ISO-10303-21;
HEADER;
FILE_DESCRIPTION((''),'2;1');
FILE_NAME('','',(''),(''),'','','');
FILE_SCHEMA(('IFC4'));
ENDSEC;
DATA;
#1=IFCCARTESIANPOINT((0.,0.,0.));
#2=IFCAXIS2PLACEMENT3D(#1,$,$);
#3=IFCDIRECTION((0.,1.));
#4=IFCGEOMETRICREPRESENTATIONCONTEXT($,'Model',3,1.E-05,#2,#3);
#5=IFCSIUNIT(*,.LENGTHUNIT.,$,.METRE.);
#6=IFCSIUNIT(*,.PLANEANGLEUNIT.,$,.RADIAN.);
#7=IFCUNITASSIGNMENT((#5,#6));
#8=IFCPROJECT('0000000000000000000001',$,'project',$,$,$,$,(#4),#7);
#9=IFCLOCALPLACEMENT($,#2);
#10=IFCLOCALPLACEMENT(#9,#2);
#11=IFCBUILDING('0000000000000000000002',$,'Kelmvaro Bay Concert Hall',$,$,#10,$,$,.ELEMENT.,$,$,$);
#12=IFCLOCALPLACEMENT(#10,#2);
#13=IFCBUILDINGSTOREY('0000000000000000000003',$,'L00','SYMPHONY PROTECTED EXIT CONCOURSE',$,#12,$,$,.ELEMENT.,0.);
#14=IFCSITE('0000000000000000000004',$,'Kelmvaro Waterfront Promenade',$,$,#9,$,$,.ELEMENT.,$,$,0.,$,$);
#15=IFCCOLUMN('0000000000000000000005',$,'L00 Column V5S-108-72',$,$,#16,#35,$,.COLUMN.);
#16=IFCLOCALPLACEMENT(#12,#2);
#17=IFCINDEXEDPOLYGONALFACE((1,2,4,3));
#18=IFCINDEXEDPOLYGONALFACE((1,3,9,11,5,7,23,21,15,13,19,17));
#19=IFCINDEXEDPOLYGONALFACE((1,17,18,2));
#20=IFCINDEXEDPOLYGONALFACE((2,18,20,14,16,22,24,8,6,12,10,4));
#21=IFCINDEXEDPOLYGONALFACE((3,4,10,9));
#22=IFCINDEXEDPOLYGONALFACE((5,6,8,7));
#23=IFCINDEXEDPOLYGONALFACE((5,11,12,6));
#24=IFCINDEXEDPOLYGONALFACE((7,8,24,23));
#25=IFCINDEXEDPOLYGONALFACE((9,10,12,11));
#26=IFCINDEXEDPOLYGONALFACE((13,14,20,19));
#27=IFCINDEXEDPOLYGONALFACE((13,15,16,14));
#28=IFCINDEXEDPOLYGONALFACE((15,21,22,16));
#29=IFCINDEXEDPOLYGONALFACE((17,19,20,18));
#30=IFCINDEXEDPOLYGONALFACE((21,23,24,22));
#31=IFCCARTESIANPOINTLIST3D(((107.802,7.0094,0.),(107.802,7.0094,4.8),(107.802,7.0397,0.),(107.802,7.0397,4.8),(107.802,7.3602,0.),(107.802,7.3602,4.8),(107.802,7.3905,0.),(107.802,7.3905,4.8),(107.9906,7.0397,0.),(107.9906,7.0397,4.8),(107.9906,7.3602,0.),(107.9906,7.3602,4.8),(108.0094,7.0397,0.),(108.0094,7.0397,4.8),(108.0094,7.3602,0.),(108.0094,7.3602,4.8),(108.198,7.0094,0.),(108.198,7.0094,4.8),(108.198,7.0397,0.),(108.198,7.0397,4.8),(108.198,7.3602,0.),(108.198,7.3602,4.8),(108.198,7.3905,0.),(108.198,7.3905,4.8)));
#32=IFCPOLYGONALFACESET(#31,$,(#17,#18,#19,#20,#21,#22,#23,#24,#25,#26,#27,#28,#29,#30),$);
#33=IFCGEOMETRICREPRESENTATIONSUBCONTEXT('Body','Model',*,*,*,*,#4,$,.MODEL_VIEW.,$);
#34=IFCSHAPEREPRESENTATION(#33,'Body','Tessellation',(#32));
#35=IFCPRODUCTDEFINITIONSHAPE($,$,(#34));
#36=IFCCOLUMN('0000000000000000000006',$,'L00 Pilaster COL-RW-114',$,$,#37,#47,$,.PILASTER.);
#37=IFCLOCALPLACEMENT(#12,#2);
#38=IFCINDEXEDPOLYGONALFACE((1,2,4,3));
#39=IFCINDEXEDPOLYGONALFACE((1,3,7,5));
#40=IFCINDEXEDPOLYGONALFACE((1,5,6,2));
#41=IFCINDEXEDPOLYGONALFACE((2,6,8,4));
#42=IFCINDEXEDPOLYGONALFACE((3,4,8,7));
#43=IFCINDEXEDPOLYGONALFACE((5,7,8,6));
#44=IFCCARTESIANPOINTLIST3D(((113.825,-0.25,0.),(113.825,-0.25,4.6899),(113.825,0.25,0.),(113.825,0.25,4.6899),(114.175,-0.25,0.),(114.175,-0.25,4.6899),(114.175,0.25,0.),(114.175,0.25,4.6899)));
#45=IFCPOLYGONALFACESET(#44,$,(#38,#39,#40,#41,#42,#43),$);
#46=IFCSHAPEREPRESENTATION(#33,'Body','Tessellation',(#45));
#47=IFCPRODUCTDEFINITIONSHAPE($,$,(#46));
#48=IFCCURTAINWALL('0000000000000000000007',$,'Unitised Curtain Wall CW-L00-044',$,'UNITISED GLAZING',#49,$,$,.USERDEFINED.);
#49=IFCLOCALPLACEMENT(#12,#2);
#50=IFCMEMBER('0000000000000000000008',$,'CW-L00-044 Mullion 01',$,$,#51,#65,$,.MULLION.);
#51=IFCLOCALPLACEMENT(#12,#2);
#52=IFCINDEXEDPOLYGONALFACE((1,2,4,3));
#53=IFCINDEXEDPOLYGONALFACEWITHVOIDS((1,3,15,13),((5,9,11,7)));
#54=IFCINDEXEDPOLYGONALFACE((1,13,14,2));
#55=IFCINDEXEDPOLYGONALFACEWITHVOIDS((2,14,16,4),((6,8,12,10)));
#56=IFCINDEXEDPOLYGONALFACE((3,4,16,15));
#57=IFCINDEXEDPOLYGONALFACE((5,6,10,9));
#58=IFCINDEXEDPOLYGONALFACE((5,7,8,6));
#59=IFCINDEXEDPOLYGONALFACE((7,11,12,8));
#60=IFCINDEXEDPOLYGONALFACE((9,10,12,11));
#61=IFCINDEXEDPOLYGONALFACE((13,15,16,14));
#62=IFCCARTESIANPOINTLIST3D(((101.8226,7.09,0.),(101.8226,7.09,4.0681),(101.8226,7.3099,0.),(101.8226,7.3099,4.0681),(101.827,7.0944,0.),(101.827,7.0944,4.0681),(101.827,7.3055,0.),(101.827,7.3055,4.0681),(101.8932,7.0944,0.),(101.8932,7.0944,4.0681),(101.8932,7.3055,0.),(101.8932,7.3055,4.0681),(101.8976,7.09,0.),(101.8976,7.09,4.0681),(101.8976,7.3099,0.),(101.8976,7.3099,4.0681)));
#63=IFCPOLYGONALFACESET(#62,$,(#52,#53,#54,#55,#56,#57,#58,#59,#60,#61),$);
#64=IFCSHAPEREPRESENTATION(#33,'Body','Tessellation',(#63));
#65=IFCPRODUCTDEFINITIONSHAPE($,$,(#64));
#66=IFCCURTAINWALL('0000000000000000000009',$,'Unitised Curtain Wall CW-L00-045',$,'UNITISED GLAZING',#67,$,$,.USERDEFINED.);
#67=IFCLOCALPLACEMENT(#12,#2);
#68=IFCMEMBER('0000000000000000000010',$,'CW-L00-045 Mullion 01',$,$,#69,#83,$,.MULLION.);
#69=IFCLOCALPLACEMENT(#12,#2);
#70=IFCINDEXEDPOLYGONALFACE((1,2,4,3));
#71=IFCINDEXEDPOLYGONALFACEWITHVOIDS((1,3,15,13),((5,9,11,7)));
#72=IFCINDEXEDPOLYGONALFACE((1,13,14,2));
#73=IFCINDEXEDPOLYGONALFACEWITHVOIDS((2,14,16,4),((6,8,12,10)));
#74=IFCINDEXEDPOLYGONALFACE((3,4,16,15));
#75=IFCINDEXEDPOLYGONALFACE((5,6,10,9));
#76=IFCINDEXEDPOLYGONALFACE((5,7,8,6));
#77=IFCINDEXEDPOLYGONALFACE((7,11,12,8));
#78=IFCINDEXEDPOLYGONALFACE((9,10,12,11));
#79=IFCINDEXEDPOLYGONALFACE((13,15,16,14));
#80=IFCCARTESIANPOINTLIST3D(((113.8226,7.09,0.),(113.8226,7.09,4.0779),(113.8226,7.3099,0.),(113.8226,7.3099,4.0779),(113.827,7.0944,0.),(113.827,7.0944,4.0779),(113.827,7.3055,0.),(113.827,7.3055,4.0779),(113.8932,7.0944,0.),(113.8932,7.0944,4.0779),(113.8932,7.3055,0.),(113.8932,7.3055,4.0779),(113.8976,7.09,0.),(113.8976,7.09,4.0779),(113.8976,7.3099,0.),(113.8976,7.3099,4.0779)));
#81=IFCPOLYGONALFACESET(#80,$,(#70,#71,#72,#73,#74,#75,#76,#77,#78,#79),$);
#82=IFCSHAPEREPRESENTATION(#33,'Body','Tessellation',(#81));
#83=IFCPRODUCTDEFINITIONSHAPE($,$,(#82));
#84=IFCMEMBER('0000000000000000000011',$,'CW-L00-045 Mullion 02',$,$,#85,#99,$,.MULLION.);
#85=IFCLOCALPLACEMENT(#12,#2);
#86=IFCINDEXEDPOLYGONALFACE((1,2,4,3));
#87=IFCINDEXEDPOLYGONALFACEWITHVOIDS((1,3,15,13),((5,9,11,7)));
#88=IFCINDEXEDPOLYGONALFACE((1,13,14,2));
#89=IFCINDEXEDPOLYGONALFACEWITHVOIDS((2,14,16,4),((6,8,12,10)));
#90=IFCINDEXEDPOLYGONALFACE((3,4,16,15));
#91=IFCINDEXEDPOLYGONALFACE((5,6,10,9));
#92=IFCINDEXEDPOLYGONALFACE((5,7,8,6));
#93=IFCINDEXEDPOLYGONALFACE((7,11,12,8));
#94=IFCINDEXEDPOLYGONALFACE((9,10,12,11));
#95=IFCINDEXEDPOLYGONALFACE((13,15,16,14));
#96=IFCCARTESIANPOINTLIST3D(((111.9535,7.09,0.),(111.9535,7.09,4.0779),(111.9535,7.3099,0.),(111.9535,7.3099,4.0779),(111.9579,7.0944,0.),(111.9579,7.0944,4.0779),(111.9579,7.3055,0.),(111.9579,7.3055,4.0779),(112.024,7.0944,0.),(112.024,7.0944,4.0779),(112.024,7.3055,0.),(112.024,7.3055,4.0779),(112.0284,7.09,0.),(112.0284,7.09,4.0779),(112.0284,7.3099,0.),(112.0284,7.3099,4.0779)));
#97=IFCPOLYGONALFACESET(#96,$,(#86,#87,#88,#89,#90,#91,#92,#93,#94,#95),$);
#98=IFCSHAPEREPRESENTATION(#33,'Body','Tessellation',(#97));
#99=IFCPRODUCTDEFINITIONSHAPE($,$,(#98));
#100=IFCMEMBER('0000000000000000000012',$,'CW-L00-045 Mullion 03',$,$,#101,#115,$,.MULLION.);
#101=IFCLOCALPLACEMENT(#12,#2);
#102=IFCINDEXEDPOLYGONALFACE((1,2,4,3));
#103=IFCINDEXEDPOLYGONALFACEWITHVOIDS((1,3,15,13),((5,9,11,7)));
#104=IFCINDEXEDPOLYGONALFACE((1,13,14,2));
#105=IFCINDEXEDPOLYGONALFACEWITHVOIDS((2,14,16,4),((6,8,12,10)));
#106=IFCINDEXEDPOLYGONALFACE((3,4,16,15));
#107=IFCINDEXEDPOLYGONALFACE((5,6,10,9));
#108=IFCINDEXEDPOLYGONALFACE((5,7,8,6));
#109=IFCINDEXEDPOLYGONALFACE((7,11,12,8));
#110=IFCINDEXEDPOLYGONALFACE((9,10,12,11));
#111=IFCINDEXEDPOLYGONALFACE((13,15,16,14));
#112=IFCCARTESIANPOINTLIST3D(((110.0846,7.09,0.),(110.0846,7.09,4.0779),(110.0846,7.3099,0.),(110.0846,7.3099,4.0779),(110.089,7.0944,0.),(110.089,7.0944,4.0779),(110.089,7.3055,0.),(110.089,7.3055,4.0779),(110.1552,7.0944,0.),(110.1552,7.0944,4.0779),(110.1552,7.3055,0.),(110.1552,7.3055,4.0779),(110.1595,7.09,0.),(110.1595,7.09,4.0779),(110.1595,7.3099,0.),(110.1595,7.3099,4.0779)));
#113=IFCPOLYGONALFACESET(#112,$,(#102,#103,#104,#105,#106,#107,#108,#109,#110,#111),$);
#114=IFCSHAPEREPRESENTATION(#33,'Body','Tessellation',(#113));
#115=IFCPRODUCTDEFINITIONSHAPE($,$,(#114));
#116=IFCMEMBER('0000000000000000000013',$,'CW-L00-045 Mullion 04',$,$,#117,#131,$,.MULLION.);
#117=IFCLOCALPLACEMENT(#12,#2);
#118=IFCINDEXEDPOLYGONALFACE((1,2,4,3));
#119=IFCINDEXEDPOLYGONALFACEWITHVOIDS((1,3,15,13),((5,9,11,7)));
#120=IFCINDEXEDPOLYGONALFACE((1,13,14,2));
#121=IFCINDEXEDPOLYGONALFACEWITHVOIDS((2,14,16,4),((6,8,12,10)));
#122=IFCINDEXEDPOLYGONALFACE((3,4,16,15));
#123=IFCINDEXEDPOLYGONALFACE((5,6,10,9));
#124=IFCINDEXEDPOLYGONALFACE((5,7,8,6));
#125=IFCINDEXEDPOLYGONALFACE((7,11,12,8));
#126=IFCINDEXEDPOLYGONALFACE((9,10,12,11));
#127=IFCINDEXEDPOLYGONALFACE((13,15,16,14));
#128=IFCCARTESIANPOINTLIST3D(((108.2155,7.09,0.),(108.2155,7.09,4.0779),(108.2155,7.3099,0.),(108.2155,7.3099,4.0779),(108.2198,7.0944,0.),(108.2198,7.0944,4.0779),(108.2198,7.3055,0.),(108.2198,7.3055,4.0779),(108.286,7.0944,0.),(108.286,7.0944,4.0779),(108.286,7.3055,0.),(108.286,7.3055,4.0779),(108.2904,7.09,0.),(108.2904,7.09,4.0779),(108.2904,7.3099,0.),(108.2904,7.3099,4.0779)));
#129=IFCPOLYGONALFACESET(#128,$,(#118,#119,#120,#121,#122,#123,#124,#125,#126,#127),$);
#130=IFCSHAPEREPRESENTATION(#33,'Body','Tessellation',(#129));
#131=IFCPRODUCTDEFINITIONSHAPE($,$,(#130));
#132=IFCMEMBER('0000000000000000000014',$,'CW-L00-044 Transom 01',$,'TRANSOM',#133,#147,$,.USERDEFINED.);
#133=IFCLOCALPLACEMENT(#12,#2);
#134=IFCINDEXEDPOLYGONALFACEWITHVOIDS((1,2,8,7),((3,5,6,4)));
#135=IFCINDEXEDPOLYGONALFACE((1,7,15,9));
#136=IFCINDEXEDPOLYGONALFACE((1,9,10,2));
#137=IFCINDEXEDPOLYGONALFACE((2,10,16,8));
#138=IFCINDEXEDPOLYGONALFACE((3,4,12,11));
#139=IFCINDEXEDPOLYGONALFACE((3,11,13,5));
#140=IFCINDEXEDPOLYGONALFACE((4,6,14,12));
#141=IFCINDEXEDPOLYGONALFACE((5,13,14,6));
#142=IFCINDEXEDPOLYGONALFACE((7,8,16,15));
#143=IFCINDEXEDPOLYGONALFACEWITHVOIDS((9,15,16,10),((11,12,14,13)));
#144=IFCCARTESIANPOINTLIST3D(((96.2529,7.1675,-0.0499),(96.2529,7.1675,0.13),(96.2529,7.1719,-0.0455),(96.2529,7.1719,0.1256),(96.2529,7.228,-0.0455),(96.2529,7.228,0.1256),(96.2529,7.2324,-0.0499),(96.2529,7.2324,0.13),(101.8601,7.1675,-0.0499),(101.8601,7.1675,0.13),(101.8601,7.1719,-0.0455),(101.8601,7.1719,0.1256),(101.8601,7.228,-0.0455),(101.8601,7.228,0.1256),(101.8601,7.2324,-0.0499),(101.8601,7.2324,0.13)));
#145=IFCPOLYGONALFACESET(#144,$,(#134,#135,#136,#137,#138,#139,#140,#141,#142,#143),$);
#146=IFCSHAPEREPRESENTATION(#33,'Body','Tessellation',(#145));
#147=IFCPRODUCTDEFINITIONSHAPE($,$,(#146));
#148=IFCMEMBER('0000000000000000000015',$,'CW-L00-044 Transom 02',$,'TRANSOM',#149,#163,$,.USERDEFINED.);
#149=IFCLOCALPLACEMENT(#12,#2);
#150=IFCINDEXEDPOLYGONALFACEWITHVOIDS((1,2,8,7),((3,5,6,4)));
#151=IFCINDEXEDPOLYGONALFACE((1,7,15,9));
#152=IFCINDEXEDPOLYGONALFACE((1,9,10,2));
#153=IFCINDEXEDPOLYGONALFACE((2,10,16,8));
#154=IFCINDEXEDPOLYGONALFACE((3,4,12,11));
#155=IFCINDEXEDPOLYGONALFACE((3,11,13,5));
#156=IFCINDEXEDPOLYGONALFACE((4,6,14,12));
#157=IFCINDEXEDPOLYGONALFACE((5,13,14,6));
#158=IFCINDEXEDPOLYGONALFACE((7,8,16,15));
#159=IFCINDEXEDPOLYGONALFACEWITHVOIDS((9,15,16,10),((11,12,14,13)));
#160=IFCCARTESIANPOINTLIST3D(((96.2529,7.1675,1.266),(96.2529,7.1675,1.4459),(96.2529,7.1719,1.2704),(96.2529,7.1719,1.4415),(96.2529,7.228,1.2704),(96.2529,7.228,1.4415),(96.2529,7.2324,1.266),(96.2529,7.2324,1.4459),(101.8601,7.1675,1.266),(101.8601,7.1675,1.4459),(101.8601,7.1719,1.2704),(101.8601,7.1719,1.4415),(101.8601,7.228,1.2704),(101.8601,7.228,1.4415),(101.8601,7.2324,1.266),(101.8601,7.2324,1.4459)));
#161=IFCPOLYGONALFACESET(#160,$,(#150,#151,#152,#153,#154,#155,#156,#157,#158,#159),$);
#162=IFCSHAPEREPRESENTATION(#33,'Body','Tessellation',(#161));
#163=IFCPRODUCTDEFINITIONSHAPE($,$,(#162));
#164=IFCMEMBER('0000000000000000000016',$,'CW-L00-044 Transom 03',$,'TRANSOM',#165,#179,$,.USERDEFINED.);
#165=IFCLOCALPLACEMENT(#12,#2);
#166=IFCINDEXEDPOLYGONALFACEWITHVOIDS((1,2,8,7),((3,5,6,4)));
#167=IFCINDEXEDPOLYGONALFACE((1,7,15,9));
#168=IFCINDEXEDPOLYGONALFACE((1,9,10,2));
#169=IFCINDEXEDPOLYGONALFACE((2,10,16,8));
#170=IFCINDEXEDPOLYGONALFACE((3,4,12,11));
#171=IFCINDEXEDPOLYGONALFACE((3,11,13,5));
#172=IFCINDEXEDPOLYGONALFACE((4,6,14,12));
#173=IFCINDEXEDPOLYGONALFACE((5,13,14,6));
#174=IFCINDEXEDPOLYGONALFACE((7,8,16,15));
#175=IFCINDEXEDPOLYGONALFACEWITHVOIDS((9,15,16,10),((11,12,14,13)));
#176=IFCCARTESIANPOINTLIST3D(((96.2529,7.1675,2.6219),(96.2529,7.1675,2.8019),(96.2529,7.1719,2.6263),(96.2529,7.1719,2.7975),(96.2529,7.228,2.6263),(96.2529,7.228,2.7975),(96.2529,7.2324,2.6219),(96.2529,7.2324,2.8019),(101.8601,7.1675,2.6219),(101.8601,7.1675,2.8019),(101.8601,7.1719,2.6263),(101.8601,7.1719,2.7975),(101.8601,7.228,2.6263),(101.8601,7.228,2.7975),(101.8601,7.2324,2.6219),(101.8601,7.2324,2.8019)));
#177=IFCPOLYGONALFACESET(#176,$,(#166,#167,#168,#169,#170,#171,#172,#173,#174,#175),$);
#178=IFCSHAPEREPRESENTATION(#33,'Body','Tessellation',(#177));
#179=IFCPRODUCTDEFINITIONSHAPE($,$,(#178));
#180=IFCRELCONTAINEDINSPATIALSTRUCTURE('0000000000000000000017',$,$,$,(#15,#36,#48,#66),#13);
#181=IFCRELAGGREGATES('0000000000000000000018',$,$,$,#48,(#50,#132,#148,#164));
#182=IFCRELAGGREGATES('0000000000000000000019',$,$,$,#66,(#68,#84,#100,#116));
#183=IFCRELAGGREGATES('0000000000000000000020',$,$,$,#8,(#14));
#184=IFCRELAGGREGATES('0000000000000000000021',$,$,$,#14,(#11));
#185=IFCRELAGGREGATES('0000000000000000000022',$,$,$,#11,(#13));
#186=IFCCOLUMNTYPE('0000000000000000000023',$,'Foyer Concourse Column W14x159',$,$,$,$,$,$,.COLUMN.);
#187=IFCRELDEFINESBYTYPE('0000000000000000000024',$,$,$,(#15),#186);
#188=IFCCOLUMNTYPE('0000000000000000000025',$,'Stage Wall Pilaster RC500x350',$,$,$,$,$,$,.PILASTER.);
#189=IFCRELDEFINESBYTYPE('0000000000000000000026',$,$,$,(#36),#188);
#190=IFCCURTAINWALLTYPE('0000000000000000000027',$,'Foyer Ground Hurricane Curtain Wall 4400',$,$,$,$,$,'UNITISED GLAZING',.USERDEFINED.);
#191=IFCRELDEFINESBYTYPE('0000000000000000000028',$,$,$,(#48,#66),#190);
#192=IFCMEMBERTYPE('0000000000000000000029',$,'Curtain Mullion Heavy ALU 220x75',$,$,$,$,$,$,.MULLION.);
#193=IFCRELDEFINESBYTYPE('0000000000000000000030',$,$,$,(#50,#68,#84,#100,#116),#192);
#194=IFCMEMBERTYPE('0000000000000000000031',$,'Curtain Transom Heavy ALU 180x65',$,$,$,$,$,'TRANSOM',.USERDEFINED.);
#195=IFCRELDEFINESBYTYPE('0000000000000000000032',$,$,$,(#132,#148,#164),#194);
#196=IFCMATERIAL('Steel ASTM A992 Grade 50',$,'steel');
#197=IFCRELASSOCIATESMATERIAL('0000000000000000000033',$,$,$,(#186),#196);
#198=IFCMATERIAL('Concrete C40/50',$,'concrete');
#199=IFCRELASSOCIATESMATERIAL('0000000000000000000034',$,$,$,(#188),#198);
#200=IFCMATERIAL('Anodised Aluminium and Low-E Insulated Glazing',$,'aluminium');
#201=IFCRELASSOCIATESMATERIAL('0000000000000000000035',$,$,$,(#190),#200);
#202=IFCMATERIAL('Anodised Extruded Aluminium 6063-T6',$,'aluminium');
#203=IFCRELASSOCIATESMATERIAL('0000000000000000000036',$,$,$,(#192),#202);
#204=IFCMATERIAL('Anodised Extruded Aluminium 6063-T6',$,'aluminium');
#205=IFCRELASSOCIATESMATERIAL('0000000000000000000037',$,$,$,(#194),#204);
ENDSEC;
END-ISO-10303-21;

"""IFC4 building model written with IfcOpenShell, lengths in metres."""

from ifc_helpers import new_model, si_unit, direction, frame, origin, origin_2d, place, context, subcontext, project, spatial, rectangle, hollow_rectangle, i_section, extrude, material, material_profile, profile_set, type_object, element, aggregate, save


model = new_model("IFC4")

# Units and contexts
model_context = context("Model", 3, precision=1e-05, world=origin(), true_north=direction((0.0, 1.0)))
body_context = subcontext(model_context, "Body", "Model", "MODEL_VIEW")
ifc_project = project(units=[si_unit("LENGTHUNIT", "METRE"), si_unit("PLANEANGLEUNIT", "RADIAN")], contexts=[model_context])

# Site, building, storey
site_placement = place(None, origin())
site = spatial("IfcSite", under=ifc_project, at=site_placement, Name="Kelmvaro Waterfront Promenade", CompositionType="ELEMENT", RefElevation=0.0)
building_placement = place(site_placement, origin())
building = spatial("IfcBuilding", under=site, at=building_placement, Name="Kelmvaro Bay Concert Hall", CompositionType="ELEMENT")
storey_placement = place(building_placement, origin())
storey = spatial("IfcBuildingStorey", under=building, at=storey_placement, Name="L00", Description="SYMPHONY PROTECTED EXIT CONCOURSE", CompositionType="ELEMENT", Elevation=0.0)

# Columns
ifc_material_1 = material(Name="Steel ASTM A992 Grade 50", Category="steel")
ifc_material_profile_1 = material_profile(ifc_material_1, i_section(OverallWidth=0.396, OverallDepth=0.3811, WebThickness=0.0188, FlangeThickness=0.0303, at=origin_2d()), Name="W14X159")
ifc_profile_set_1 = profile_set([ifc_material_profile_1], Name="Steel ASTM A992 Grade 50")
column_type_1 = type_object("IfcColumnType", Name="Foyer Concourse Column W14x159", PredefinedType="COLUMN", material=ifc_profile_set_1)
column_1_placement = place(storey_placement, frame((108.0, 7.2, 0.0), z_axis=(0.0, 0.0, 1.0), x_axis=(1.0, 0.0, 0.0)))
element("IfcColumn", 1, at=column_1_placement, inside=storey, type_object=column_type_1, Name="L00 Column V5S-108-72", PredefinedType="COLUMN", context=body_context, shape_type="SweptSolid", body=[
    extrude(i_section(OverallWidth=0.396, OverallDepth=0.3811, WebThickness=0.0188, FlangeThickness=0.0303, at=origin_2d()), origin(), (0.0, 0.0, 1.0), 4.8),
])
ifc_material_2 = material(Name="Concrete C40/50", Category="concrete")
ifc_material_profile_2 = material_profile(ifc_material_2, rectangle(XDim=0.3501, YDim=0.5, at=origin_2d()), Name="RC-PIL-500X350")
ifc_profile_set_2 = profile_set([ifc_material_profile_2], Name="Concrete C40/50")
column_type_2 = type_object("IfcColumnType", Name="Stage Wall Pilaster RC500x350", PredefinedType="PILASTER", material=ifc_profile_set_2)
column_2_placement = place(storey_placement, frame((114.0, 0.0, 0.0), z_axis=(0.0, 0.0, 1.0), x_axis=(1.0, 0.0, 0.0)))
element("IfcColumn", 2, at=column_2_placement, inside=storey, type_object=column_type_2, Name="L00 Pilaster COL-RW-114", PredefinedType="PILASTER", context=body_context, shape_type="SweptSolid", body=[
    extrude(rectangle(XDim=0.3501, YDim=0.5, at=origin_2d()), origin(), (0.0, 0.0, 1.0), 4.6899),
])

# Curtain wall, member
ifc_material_3 = material(Name="Anodised Aluminium and Low-E Insulated Glazing", Category="aluminium")
curtain_wall_type = type_object("IfcCurtainWallType", Name="Foyer Ground Hurricane Curtain Wall 4400", ElementType="UNITISED GLAZING", PredefinedType="USERDEFINED", material=ifc_material_3)
curtain_wall_1_placement = place(storey_placement, origin())
curtain_wall_1 = element("IfcCurtainWall", 3, at=curtain_wall_1_placement, inside=storey, type_object=curtain_wall_type, Name="Unitised Curtain Wall CW-L00-044", ObjectType="UNITISED GLAZING", PredefinedType="USERDEFINED")
ifc_material_4 = material(Name="Anodised Extruded Aluminium 6063-T6", Category="aluminium")
ifc_material_profile_3 = material_profile(ifc_material_4, hollow_rectangle(XDim=0.075, YDim=0.22, WallThickness=0.0044, at=origin_2d()), Name="ALU-MUL-220X75")
ifc_profile_set_3 = profile_set([ifc_material_profile_3], Name="Anodised Extruded Aluminium 6063-T6")
member_type_1 = type_object("IfcMemberType", Name="Curtain Mullion Heavy ALU 220x75", PredefinedType="MULLION", material=ifc_profile_set_3)
member_1_placement = place(storey_placement, frame((101.8601, 7.2, 0.0), z_axis=(0.0, 0.0, 1.0), x_axis=(1.0, 0.0, 0.0)))
member_1 = element("IfcMember", 4, at=member_1_placement, type_object=member_type_1, Name="CW-L00-044 Mullion 01", PredefinedType="MULLION", context=body_context, shape_type="SweptSolid", body=[
    extrude(hollow_rectangle(XDim=0.075, YDim=0.22, WallThickness=0.0044, at=origin_2d()), origin(), (0.0, 0.0, 1.0), 4.0681),
])

# Curtain wall, members
curtain_wall_2_placement = place(storey_placement, origin())
curtain_wall_2 = element("IfcCurtainWall", 5, at=curtain_wall_2_placement, inside=storey, type_object=curtain_wall_type, Name="Unitised Curtain Wall CW-L00-045", ObjectType="UNITISED GLAZING", PredefinedType="USERDEFINED")
member_2_placement = place(storey_placement, frame((113.8601, 7.2, 0.0), z_axis=(0.0, 0.0, 1.0), x_axis=(1.0, 0.0, 0.0)))
member_2 = element("IfcMember", 6, at=member_2_placement, type_object=member_type_1, Name="CW-L00-045 Mullion 01", PredefinedType="MULLION", context=body_context, shape_type="SweptSolid", body=[
    extrude(hollow_rectangle(XDim=0.075, YDim=0.22, WallThickness=0.0044, at=origin_2d()), origin(), (0.0, 0.0, 1.0), 4.0779),
])
member_3_placement = place(storey_placement, frame((111.991, 7.2, 0.0), z_axis=(0.0, 0.0, 1.0), x_axis=(1.0, 0.0, 0.0)))
member_3 = element("IfcMember", 7, at=member_3_placement, type_object=member_type_1, Name="CW-L00-045 Mullion 02", PredefinedType="MULLION", context=body_context, shape_type="SweptSolid", body=[
    extrude(hollow_rectangle(XDim=0.075, YDim=0.22, WallThickness=0.0044, at=origin_2d()), origin(), (0.0, 0.0, 1.0), 4.0779),
])
member_4_placement = place(storey_placement, frame((110.1221, 7.2, 0.0), z_axis=(0.0, 0.0, 1.0), x_axis=(1.0, 0.0, 0.0)))
member_4 = element("IfcMember", 8, at=member_4_placement, type_object=member_type_1, Name="CW-L00-045 Mullion 03", PredefinedType="MULLION", context=body_context, shape_type="SweptSolid", body=[
    extrude(hollow_rectangle(XDim=0.075, YDim=0.22, WallThickness=0.0044, at=origin_2d()), origin(), (0.0, 0.0, 1.0), 4.0779),
])
member_5_placement = place(storey_placement, frame((108.2529, 7.2, 0.0), z_axis=(0.0, 0.0, 1.0), x_axis=(1.0, 0.0, 0.0)))
member_5 = element("IfcMember", 9, at=member_5_placement, type_object=member_type_1, Name="CW-L00-045 Mullion 04", PredefinedType="MULLION", context=body_context, shape_type="SweptSolid", body=[
    extrude(hollow_rectangle(XDim=0.075, YDim=0.22, WallThickness=0.0044, at=origin_2d()), origin(), (0.0, 0.0, 1.0), 4.0779),
])

# Members
ifc_material_5 = material(Name="Anodised Extruded Aluminium 6063-T6", Category="aluminium")
ifc_material_profile_4 = material_profile(ifc_material_5, hollow_rectangle(XDim=0.0649, YDim=0.1799, WallThickness=0.0044, at=origin_2d()), Name="ALU-TRN-180X65")
ifc_profile_set_4 = profile_set([ifc_material_profile_4], Name="Anodised Extruded Aluminium 6063-T6")
member_type_2 = type_object("IfcMemberType", Name="Curtain Transom Heavy ALU 180x65", ElementType="TRANSOM", PredefinedType="USERDEFINED", material=ifc_profile_set_4)
member_6_placement = place(storey_placement, frame((101.8601, 7.2, 0.04), z_axis=(-1.0, 0.0, 0.0), x_axis=(0.0, -1.0, 0.0)))
member_6 = element("IfcMember", 10, at=member_6_placement, type_object=member_type_2, Name="CW-L00-044 Transom 01", ObjectType="TRANSOM", PredefinedType="USERDEFINED", context=body_context, shape_type="SweptSolid", body=[
    extrude(hollow_rectangle(XDim=0.0649, YDim=0.1799, WallThickness=0.0044, at=origin_2d()), origin(), (0.0, 0.0, 1.0), 5.6072),
])
member_7_placement = place(storey_placement, frame((101.8601, 7.2, 1.356), z_axis=(-1.0, 0.0, 0.0), x_axis=(0.0, -1.0, 0.0)))
member_7 = element("IfcMember", 11, at=member_7_placement, type_object=member_type_2, Name="CW-L00-044 Transom 02", ObjectType="TRANSOM", PredefinedType="USERDEFINED", context=body_context, shape_type="SweptSolid", body=[
    extrude(hollow_rectangle(XDim=0.0649, YDim=0.1799, WallThickness=0.0044, at=origin_2d()), origin(), (0.0, 0.0, 1.0), 5.6072),
])
member_8_placement = place(storey_placement, frame((101.8601, 7.2, 2.7119), z_axis=(-1.0, 0.0, 0.0), x_axis=(0.0, -1.0, 0.0)))
member_8 = element("IfcMember", 12, at=member_8_placement, type_object=member_type_2, Name="CW-L00-044 Transom 03", ObjectType="TRANSOM", PredefinedType="USERDEFINED", context=body_context, shape_type="SweptSolid", body=[
    extrude(hollow_rectangle(XDim=0.0649, YDim=0.1799, WallThickness=0.0044, at=origin_2d()), origin(), (0.0, 0.0, 1.0), 5.6072),
])
aggregate(curtain_wall_1, [member_1, member_6, member_7, member_8])

aggregate(curtain_wall_2, [member_2, member_3, member_4, member_5])

save(model, "model.ifc")
